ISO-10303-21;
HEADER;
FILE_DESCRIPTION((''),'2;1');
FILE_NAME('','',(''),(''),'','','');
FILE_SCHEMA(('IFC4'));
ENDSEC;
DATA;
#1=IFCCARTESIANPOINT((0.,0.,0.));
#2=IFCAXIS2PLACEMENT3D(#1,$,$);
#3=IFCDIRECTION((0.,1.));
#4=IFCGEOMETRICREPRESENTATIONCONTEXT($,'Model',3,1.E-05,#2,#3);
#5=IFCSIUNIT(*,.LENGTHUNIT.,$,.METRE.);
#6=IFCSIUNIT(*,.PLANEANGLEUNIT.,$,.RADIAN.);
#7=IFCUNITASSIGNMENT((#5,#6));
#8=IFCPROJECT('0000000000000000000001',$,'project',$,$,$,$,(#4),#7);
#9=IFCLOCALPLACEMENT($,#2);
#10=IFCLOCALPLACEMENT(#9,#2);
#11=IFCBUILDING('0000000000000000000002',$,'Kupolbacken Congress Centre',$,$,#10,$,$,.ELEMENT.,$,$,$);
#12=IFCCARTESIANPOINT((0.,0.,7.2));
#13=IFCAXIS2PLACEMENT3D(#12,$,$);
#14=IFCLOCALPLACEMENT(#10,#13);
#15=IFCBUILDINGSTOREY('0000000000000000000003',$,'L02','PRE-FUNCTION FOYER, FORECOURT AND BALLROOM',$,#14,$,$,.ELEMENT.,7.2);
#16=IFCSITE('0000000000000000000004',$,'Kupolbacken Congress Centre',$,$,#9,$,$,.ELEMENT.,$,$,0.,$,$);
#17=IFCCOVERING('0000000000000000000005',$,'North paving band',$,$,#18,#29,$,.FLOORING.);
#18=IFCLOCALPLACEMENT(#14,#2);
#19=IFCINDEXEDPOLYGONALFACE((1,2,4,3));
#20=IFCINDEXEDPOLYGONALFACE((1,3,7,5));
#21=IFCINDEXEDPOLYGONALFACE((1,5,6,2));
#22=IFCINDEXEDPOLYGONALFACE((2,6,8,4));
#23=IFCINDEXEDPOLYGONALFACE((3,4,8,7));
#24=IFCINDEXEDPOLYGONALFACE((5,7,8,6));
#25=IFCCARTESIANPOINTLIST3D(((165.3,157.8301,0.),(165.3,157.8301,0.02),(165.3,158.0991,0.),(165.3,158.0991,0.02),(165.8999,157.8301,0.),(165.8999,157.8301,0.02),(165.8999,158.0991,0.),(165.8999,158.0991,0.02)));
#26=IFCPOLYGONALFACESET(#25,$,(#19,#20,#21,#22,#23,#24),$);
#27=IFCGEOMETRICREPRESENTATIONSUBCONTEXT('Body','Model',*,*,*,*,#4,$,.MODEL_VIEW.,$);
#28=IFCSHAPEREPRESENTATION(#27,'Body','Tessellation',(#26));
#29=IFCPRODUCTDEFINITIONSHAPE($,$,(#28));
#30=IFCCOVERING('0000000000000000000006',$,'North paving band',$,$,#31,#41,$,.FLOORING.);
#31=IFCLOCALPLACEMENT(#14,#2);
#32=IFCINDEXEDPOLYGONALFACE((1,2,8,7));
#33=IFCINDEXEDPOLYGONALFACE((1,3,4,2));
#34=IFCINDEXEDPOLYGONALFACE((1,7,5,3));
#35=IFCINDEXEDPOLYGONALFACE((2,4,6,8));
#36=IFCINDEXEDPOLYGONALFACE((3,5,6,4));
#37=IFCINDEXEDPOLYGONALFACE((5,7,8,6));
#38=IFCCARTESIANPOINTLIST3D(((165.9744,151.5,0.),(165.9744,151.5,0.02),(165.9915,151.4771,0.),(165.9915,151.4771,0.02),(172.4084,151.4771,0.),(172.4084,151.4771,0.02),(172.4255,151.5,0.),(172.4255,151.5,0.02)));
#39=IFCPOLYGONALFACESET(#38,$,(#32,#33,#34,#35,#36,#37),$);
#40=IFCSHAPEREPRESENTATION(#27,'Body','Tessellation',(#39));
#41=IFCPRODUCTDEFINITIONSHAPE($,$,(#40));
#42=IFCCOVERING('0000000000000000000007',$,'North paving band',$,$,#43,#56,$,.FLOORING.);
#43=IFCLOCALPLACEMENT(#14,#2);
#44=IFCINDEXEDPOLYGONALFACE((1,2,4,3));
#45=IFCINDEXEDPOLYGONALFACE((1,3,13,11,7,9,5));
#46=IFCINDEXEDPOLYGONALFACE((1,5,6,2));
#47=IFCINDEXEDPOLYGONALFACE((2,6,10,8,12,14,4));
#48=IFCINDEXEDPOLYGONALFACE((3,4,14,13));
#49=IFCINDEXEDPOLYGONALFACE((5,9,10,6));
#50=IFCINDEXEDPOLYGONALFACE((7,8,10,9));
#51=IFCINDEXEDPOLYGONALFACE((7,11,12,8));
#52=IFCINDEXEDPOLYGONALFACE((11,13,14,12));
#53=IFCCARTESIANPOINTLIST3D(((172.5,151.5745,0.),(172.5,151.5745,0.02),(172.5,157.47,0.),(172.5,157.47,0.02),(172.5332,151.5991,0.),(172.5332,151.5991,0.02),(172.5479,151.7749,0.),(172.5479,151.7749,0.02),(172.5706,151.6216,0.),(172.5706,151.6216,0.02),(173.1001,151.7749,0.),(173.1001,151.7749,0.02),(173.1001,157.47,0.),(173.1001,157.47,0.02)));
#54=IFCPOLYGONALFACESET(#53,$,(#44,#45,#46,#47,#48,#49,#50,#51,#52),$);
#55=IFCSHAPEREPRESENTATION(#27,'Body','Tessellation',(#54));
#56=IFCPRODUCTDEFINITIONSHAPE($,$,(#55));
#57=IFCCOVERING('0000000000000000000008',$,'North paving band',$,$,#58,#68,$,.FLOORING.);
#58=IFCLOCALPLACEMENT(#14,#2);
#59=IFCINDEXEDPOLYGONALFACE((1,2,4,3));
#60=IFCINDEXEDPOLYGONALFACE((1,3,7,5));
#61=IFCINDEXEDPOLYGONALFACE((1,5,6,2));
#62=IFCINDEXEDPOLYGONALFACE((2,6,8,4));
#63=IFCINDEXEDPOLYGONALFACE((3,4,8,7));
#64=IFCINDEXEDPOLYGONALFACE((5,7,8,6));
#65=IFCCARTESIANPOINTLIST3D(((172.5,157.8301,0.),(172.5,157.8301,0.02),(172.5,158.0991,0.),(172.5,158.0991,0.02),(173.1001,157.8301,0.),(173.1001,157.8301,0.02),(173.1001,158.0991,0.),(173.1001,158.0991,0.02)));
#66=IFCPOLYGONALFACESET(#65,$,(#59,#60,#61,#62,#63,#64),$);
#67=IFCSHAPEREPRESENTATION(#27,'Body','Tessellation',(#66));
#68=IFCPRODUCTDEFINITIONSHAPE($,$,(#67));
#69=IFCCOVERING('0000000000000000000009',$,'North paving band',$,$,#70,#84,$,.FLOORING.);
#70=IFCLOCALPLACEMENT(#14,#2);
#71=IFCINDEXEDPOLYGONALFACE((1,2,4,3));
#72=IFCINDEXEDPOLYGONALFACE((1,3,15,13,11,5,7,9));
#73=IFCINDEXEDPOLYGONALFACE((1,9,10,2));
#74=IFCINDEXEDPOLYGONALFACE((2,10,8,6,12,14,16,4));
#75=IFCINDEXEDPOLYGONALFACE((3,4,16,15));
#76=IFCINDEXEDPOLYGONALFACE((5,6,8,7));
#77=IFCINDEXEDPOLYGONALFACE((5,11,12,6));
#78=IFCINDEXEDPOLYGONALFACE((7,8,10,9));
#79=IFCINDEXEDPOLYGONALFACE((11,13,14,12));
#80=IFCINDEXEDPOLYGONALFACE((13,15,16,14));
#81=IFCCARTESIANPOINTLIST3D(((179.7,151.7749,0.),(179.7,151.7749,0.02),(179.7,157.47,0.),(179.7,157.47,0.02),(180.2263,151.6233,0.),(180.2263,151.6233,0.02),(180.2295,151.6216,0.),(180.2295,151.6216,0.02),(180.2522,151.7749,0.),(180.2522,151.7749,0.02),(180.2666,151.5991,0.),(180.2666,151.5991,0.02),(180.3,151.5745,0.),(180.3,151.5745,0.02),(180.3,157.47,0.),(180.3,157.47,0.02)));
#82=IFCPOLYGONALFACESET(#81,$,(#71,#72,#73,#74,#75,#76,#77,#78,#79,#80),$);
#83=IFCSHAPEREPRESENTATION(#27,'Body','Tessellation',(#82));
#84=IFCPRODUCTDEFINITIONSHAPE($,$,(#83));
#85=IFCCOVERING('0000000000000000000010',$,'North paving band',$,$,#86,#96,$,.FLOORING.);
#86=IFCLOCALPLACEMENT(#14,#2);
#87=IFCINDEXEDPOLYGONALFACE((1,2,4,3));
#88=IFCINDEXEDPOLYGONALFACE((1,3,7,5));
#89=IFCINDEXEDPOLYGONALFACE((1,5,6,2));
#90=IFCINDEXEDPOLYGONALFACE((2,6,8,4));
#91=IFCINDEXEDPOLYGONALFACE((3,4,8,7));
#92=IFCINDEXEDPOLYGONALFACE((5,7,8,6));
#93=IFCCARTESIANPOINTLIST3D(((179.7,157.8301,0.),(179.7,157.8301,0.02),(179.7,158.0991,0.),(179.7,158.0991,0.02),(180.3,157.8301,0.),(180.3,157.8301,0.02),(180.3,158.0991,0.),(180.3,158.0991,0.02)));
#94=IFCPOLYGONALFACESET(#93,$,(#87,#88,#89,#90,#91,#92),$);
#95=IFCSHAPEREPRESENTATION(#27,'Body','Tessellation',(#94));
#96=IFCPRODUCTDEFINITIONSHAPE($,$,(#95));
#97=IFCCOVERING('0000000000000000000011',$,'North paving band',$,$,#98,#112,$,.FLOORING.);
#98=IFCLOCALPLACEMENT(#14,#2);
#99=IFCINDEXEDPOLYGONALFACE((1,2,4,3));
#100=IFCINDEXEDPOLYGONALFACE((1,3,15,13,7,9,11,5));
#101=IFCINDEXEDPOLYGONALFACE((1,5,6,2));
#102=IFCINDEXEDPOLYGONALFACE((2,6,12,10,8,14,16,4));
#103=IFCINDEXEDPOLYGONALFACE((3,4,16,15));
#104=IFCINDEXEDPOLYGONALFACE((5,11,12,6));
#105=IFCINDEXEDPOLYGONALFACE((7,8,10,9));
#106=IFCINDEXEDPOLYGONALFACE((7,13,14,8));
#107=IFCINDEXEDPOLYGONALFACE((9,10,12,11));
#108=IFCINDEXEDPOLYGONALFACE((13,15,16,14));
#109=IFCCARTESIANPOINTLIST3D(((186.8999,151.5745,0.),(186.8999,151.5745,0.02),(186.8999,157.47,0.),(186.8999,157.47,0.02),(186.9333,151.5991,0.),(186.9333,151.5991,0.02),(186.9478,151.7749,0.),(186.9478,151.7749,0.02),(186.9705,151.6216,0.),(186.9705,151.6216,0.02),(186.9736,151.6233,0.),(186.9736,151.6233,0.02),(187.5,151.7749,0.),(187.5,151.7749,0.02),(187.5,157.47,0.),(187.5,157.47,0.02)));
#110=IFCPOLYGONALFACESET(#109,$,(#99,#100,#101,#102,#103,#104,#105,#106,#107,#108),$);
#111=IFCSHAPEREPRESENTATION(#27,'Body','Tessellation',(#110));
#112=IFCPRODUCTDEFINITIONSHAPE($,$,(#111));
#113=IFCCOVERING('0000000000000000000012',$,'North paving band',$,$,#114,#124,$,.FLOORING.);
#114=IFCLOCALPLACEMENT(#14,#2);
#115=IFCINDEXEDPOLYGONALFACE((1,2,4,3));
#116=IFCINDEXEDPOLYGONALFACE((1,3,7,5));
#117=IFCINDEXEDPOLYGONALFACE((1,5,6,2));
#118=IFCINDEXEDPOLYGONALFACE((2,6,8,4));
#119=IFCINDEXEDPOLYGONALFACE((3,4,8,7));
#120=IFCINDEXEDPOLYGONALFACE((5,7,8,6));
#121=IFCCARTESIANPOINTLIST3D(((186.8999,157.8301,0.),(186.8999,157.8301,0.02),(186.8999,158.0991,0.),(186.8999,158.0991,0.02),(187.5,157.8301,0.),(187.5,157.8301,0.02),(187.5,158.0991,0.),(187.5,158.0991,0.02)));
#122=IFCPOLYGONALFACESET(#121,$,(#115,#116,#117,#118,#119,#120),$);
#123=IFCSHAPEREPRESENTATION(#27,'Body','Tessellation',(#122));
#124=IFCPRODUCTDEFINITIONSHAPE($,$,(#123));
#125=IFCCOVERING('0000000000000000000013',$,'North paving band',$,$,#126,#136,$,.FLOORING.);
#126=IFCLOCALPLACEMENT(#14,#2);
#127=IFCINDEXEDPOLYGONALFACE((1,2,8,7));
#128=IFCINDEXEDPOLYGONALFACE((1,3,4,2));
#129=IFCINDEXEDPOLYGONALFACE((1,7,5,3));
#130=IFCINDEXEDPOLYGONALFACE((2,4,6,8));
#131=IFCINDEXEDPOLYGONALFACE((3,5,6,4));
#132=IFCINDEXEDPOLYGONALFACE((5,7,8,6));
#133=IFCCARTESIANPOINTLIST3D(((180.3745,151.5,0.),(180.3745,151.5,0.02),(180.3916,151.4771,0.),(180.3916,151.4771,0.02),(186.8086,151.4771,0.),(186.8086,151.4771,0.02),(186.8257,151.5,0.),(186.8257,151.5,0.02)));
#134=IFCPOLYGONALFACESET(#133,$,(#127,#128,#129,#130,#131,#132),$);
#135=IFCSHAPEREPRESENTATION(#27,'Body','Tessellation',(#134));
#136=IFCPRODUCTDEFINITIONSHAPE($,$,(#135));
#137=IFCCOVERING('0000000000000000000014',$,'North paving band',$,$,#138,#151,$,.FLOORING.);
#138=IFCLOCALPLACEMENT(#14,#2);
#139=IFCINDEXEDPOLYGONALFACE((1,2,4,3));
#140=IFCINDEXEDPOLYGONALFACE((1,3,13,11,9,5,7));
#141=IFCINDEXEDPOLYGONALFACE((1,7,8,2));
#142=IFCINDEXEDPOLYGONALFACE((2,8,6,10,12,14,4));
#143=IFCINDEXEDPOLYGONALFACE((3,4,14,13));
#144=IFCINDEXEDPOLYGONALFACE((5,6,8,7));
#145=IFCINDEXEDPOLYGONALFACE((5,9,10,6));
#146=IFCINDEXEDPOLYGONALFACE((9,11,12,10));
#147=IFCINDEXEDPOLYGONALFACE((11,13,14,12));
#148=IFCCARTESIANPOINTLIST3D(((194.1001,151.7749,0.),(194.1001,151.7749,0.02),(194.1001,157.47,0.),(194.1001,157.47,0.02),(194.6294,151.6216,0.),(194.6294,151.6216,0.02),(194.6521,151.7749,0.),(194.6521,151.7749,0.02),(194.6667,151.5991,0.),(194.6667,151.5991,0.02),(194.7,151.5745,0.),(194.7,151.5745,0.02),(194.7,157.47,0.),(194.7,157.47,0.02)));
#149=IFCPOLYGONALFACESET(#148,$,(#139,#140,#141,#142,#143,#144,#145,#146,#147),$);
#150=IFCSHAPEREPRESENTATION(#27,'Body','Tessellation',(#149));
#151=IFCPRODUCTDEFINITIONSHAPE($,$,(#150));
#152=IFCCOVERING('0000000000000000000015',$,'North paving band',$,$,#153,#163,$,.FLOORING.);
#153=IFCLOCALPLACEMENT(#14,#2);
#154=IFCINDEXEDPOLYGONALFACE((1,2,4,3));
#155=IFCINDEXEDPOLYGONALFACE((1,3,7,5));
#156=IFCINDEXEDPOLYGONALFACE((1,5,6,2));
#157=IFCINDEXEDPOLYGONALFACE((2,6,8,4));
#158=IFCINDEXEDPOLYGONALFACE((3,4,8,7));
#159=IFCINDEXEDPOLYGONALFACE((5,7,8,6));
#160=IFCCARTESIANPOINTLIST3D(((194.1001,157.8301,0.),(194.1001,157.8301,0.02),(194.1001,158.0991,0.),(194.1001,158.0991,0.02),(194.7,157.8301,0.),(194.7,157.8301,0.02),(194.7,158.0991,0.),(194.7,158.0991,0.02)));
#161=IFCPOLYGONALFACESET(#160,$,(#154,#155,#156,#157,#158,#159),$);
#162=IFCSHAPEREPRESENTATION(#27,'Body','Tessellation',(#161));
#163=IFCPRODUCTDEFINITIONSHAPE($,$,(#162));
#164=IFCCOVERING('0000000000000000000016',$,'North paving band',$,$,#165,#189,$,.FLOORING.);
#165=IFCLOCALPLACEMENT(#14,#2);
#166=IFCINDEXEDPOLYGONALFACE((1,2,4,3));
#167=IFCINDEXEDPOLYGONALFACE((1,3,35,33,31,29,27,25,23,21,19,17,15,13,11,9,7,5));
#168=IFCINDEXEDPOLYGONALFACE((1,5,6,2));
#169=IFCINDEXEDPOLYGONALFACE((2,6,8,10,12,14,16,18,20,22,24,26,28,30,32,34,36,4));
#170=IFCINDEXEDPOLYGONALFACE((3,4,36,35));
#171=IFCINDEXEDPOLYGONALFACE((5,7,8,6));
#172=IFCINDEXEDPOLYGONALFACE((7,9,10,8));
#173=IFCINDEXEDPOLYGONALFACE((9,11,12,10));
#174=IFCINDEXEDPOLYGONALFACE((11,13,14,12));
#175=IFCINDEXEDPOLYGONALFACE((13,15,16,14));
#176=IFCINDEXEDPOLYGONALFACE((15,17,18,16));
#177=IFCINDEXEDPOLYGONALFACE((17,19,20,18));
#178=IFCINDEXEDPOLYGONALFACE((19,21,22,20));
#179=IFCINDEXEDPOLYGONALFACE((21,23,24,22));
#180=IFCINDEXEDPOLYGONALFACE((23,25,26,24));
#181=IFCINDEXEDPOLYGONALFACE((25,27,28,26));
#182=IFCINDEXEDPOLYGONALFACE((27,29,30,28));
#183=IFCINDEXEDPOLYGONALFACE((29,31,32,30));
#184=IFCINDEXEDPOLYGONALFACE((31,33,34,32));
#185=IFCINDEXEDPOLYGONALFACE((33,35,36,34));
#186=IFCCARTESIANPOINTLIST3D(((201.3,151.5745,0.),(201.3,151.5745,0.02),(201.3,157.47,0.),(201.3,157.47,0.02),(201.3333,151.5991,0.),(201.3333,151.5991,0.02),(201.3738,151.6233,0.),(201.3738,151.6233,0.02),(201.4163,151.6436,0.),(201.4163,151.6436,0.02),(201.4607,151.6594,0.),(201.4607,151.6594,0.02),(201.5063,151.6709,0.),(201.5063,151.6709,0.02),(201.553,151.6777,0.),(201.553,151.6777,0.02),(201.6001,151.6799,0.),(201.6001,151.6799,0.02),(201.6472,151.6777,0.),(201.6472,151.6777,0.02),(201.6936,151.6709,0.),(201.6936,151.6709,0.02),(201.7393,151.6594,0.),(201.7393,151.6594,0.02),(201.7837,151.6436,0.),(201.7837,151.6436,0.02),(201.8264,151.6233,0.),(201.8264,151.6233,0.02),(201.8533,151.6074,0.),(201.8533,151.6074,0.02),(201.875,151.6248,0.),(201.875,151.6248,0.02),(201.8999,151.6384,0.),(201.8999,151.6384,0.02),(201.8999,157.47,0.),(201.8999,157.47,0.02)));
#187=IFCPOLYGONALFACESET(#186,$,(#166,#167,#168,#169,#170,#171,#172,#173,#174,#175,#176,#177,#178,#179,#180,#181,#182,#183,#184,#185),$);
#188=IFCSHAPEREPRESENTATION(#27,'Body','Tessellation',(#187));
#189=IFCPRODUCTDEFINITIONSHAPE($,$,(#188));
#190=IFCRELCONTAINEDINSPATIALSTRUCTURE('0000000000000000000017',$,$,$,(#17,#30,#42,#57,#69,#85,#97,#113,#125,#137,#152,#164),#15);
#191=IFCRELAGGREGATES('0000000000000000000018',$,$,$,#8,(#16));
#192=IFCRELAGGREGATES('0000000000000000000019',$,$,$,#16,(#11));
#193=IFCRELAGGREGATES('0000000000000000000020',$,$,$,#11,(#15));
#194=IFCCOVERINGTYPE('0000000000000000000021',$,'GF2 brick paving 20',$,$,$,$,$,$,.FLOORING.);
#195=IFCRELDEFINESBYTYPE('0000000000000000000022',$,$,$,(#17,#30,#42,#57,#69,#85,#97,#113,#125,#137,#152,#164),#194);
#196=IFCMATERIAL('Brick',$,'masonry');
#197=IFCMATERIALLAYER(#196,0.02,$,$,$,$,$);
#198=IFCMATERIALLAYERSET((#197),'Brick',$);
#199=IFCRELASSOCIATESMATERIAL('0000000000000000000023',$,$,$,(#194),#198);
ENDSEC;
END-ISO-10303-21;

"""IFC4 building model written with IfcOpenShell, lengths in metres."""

from ifc_helpers import new_model, si_unit, direction, frame, origin, place, context, subcontext, project, spatial, polyline, outline, extrude, material, layer, layer_set, type_object, element, save


model = new_model("IFC4")

# Units and contexts
model_context = context("Model", 3, precision=1e-05, world=origin(), true_north=direction((0.0, 1.0)))
body_context = subcontext(model_context, "Body", "Model", "MODEL_VIEW")
ifc_project = project(units=[si_unit("LENGTHUNIT", "METRE"), si_unit("PLANEANGLEUNIT", "RADIAN")], contexts=[model_context])

# Site, building, storey
site_placement = place(None, origin())
site = spatial("IfcSite", under=ifc_project, at=site_placement, Name="Kupolbacken Congress Centre", CompositionType="ELEMENT", RefElevation=0.0)
building_placement = place(site_placement, origin())
building = spatial("IfcBuilding", under=site, at=building_placement, Name="Kupolbacken Congress Centre", CompositionType="ELEMENT")
storey_placement = place(building_placement, frame((0.0, 0.0, 7.2)))
storey = spatial("IfcBuildingStorey", under=building, at=storey_placement, Name="L02", Description="PRE-FUNCTION FOYER, FORECOURT AND BALLROOM", CompositionType="ELEMENT", Elevation=7.2)

# Coverings
ifc_material = material(Name="Brick", Category="masonry")
ifc_layer = layer(ifc_material, 0.02)
ifc_layer_set = layer_set([ifc_layer], Name="Brick")
covering_type = type_object("IfcCoveringType", Name="GF2 brick paving 20", PredefinedType="FLOORING", material=ifc_layer_set)
covering_1_placement = place(storey_placement, origin())
element("IfcCovering", 1, at=covering_1_placement, inside=storey, type_object=covering_type, Name="North paving band", PredefinedType="FLOORING", context=body_context, shape_type="SweptSolid", body=[
    extrude(outline(polyline([(165.3, 158.0991), (165.8999, 158.0991), (165.8999, 157.8301), (165.3, 157.8301), (165.3, 158.0991)])), origin(), (0.0, 0.0, 1.0), 0.02),
])
covering_2_placement = place(storey_placement, origin())
element("IfcCovering", 2, at=covering_2_placement, inside=storey, type_object=covering_type, Name="North paving band", PredefinedType="FLOORING", context=body_context, shape_type="SweptSolid", body=[
    extrude(outline(polyline([(172.4255, 151.5), (172.4084, 151.4771), (165.9915, 151.4771), (165.9744, 151.5), (172.4255, 151.5)])), origin(), (0.0, 0.0, 1.0), 0.02),
])
covering_3_placement = place(storey_placement, origin())
element("IfcCovering", 3, at=covering_3_placement, inside=storey, type_object=covering_type, Name="North paving band", PredefinedType="FLOORING", context=body_context, shape_type="SweptSolid", body=[
    extrude(outline(polyline([(172.5, 157.47), (173.1001, 157.47), (173.1001, 151.7749), (172.5479, 151.7749), (172.5706, 151.6216), (172.5332, 151.5991), (172.5, 151.5745), (172.5, 157.47)])), origin(), (0.0, 0.0, 1.0), 0.02),
])
covering_4_placement = place(storey_placement, origin())
element("IfcCovering", 4, at=covering_4_placement, inside=storey, type_object=covering_type, Name="North paving band", PredefinedType="FLOORING", context=body_context, shape_type="SweptSolid", body=[
    extrude(outline(polyline([(172.5, 158.0991), (173.1001, 158.0991), (173.1001, 157.8301), (172.5, 157.8301), (172.5, 158.0991)])), origin(), (0.0, 0.0, 1.0), 0.02),
])
covering_5_placement = place(storey_placement, origin())
element("IfcCovering", 5, at=covering_5_placement, inside=storey, type_object=covering_type, Name="North paving band", PredefinedType="FLOORING", context=body_context, shape_type="SweptSolid", body=[
    extrude(outline(polyline([(179.7, 157.47), (180.3, 157.47), (180.3, 151.5745), (180.2666, 151.5991), (180.2263, 151.6233), (180.2295, 151.6216), (180.2522, 151.7749), (179.7, 151.7749), (179.7, 157.47)])), origin(), (0.0, 0.0, 1.0), 0.02),
])
covering_6_placement = place(storey_placement, origin())
element("IfcCovering", 6, at=covering_6_placement, inside=storey, type_object=covering_type, Name="North paving band", PredefinedType="FLOORING", context=body_context, shape_type="SweptSolid", body=[
    extrude(outline(polyline([(179.7, 158.0991), (180.3, 158.0991), (180.3, 157.8301), (179.7, 157.8301), (179.7, 158.0991)])), origin(), (0.0, 0.0, 1.0), 0.02),
])
covering_7_placement = place(storey_placement, origin())
element("IfcCovering", 7, at=covering_7_placement, inside=storey, type_object=covering_type, Name="North paving band", PredefinedType="FLOORING", context=body_context, shape_type="SweptSolid", body=[
    extrude(outline(polyline([(186.8999, 157.47), (187.5, 157.47), (187.5, 151.7749), (186.9478, 151.7749), (186.9705, 151.6216), (186.9736, 151.6233), (186.9333, 151.5991), (186.8999, 151.5745), (186.8999, 157.47)])), origin(), (0.0, 0.0, 1.0), 0.02),
])
covering_8_placement = place(storey_placement, origin())
element("IfcCovering", 8, at=covering_8_placement, inside=storey, type_object=covering_type, Name="North paving band", PredefinedType="FLOORING", context=body_context, shape_type="SweptSolid", body=[
    extrude(outline(polyline([(186.8999, 158.0991), (187.5, 158.0991), (187.5, 157.8301), (186.8999, 157.8301), (186.8999, 158.0991)])), origin(), (0.0, 0.0, 1.0), 0.02),
])
covering_9_placement = place(storey_placement, origin())
element("IfcCovering", 9, at=covering_9_placement, inside=storey, type_object=covering_type, Name="North paving band", PredefinedType="FLOORING", context=body_context, shape_type="SweptSolid", body=[
    extrude(outline(polyline([(186.8257, 151.5), (186.8086, 151.4771), (180.3916, 151.4771), (180.3745, 151.5), (186.8257, 151.5)])), origin(), (0.0, 0.0, 1.0), 0.02),
])
covering_10_placement = place(storey_placement, origin())
element("IfcCovering", 10, at=covering_10_placement, inside=storey, type_object=covering_type, Name="North paving band", PredefinedType="FLOORING", context=body_context, shape_type="SweptSolid", body=[
    extrude(outline(polyline([(194.1001, 157.47), (194.7, 157.47), (194.7, 151.5745), (194.6667, 151.5991), (194.6294, 151.6216), (194.6521, 151.7749), (194.1001, 151.7749), (194.1001, 157.47)])), origin(), (0.0, 0.0, 1.0), 0.02),
])
covering_11_placement = place(storey_placement, origin())
element("IfcCovering", 11, at=covering_11_placement, inside=storey, type_object=covering_type, Name="North paving band", PredefinedType="FLOORING", context=body_context, shape_type="SweptSolid", body=[
    extrude(outline(polyline([(194.1001, 158.0991), (194.7, 158.0991), (194.7, 157.8301), (194.1001, 157.8301), (194.1001, 158.0991)])), origin(), (0.0, 0.0, 1.0), 0.02),
])
covering_12_placement = place(storey_placement, origin())
element("IfcCovering", 12, at=covering_12_placement, inside=storey, type_object=covering_type, Name="North paving band", PredefinedType="FLOORING", context=body_context, shape_type="SweptSolid", body=[
    extrude(outline(polyline([(201.3, 157.47), (201.8999, 157.47), (201.8999, 151.6384), (201.875, 151.6248), (201.8533, 151.6074), (201.8264, 151.6233), (201.7837, 151.6436), (201.7393, 151.6594), (201.6936, 151.6709), (201.6472, 151.6777), (201.6001, 151.6799), (201.553, 151.6777), (201.5063, 151.6709), (201.4607, 151.6594), (201.4163, 151.6436), (201.3738, 151.6233), (201.3333, 151.5991), (201.3, 151.5745), (201.3, 157.47)])), origin(), (0.0, 0.0, 1.0), 0.02),
])

save(model, "model.ifc")
